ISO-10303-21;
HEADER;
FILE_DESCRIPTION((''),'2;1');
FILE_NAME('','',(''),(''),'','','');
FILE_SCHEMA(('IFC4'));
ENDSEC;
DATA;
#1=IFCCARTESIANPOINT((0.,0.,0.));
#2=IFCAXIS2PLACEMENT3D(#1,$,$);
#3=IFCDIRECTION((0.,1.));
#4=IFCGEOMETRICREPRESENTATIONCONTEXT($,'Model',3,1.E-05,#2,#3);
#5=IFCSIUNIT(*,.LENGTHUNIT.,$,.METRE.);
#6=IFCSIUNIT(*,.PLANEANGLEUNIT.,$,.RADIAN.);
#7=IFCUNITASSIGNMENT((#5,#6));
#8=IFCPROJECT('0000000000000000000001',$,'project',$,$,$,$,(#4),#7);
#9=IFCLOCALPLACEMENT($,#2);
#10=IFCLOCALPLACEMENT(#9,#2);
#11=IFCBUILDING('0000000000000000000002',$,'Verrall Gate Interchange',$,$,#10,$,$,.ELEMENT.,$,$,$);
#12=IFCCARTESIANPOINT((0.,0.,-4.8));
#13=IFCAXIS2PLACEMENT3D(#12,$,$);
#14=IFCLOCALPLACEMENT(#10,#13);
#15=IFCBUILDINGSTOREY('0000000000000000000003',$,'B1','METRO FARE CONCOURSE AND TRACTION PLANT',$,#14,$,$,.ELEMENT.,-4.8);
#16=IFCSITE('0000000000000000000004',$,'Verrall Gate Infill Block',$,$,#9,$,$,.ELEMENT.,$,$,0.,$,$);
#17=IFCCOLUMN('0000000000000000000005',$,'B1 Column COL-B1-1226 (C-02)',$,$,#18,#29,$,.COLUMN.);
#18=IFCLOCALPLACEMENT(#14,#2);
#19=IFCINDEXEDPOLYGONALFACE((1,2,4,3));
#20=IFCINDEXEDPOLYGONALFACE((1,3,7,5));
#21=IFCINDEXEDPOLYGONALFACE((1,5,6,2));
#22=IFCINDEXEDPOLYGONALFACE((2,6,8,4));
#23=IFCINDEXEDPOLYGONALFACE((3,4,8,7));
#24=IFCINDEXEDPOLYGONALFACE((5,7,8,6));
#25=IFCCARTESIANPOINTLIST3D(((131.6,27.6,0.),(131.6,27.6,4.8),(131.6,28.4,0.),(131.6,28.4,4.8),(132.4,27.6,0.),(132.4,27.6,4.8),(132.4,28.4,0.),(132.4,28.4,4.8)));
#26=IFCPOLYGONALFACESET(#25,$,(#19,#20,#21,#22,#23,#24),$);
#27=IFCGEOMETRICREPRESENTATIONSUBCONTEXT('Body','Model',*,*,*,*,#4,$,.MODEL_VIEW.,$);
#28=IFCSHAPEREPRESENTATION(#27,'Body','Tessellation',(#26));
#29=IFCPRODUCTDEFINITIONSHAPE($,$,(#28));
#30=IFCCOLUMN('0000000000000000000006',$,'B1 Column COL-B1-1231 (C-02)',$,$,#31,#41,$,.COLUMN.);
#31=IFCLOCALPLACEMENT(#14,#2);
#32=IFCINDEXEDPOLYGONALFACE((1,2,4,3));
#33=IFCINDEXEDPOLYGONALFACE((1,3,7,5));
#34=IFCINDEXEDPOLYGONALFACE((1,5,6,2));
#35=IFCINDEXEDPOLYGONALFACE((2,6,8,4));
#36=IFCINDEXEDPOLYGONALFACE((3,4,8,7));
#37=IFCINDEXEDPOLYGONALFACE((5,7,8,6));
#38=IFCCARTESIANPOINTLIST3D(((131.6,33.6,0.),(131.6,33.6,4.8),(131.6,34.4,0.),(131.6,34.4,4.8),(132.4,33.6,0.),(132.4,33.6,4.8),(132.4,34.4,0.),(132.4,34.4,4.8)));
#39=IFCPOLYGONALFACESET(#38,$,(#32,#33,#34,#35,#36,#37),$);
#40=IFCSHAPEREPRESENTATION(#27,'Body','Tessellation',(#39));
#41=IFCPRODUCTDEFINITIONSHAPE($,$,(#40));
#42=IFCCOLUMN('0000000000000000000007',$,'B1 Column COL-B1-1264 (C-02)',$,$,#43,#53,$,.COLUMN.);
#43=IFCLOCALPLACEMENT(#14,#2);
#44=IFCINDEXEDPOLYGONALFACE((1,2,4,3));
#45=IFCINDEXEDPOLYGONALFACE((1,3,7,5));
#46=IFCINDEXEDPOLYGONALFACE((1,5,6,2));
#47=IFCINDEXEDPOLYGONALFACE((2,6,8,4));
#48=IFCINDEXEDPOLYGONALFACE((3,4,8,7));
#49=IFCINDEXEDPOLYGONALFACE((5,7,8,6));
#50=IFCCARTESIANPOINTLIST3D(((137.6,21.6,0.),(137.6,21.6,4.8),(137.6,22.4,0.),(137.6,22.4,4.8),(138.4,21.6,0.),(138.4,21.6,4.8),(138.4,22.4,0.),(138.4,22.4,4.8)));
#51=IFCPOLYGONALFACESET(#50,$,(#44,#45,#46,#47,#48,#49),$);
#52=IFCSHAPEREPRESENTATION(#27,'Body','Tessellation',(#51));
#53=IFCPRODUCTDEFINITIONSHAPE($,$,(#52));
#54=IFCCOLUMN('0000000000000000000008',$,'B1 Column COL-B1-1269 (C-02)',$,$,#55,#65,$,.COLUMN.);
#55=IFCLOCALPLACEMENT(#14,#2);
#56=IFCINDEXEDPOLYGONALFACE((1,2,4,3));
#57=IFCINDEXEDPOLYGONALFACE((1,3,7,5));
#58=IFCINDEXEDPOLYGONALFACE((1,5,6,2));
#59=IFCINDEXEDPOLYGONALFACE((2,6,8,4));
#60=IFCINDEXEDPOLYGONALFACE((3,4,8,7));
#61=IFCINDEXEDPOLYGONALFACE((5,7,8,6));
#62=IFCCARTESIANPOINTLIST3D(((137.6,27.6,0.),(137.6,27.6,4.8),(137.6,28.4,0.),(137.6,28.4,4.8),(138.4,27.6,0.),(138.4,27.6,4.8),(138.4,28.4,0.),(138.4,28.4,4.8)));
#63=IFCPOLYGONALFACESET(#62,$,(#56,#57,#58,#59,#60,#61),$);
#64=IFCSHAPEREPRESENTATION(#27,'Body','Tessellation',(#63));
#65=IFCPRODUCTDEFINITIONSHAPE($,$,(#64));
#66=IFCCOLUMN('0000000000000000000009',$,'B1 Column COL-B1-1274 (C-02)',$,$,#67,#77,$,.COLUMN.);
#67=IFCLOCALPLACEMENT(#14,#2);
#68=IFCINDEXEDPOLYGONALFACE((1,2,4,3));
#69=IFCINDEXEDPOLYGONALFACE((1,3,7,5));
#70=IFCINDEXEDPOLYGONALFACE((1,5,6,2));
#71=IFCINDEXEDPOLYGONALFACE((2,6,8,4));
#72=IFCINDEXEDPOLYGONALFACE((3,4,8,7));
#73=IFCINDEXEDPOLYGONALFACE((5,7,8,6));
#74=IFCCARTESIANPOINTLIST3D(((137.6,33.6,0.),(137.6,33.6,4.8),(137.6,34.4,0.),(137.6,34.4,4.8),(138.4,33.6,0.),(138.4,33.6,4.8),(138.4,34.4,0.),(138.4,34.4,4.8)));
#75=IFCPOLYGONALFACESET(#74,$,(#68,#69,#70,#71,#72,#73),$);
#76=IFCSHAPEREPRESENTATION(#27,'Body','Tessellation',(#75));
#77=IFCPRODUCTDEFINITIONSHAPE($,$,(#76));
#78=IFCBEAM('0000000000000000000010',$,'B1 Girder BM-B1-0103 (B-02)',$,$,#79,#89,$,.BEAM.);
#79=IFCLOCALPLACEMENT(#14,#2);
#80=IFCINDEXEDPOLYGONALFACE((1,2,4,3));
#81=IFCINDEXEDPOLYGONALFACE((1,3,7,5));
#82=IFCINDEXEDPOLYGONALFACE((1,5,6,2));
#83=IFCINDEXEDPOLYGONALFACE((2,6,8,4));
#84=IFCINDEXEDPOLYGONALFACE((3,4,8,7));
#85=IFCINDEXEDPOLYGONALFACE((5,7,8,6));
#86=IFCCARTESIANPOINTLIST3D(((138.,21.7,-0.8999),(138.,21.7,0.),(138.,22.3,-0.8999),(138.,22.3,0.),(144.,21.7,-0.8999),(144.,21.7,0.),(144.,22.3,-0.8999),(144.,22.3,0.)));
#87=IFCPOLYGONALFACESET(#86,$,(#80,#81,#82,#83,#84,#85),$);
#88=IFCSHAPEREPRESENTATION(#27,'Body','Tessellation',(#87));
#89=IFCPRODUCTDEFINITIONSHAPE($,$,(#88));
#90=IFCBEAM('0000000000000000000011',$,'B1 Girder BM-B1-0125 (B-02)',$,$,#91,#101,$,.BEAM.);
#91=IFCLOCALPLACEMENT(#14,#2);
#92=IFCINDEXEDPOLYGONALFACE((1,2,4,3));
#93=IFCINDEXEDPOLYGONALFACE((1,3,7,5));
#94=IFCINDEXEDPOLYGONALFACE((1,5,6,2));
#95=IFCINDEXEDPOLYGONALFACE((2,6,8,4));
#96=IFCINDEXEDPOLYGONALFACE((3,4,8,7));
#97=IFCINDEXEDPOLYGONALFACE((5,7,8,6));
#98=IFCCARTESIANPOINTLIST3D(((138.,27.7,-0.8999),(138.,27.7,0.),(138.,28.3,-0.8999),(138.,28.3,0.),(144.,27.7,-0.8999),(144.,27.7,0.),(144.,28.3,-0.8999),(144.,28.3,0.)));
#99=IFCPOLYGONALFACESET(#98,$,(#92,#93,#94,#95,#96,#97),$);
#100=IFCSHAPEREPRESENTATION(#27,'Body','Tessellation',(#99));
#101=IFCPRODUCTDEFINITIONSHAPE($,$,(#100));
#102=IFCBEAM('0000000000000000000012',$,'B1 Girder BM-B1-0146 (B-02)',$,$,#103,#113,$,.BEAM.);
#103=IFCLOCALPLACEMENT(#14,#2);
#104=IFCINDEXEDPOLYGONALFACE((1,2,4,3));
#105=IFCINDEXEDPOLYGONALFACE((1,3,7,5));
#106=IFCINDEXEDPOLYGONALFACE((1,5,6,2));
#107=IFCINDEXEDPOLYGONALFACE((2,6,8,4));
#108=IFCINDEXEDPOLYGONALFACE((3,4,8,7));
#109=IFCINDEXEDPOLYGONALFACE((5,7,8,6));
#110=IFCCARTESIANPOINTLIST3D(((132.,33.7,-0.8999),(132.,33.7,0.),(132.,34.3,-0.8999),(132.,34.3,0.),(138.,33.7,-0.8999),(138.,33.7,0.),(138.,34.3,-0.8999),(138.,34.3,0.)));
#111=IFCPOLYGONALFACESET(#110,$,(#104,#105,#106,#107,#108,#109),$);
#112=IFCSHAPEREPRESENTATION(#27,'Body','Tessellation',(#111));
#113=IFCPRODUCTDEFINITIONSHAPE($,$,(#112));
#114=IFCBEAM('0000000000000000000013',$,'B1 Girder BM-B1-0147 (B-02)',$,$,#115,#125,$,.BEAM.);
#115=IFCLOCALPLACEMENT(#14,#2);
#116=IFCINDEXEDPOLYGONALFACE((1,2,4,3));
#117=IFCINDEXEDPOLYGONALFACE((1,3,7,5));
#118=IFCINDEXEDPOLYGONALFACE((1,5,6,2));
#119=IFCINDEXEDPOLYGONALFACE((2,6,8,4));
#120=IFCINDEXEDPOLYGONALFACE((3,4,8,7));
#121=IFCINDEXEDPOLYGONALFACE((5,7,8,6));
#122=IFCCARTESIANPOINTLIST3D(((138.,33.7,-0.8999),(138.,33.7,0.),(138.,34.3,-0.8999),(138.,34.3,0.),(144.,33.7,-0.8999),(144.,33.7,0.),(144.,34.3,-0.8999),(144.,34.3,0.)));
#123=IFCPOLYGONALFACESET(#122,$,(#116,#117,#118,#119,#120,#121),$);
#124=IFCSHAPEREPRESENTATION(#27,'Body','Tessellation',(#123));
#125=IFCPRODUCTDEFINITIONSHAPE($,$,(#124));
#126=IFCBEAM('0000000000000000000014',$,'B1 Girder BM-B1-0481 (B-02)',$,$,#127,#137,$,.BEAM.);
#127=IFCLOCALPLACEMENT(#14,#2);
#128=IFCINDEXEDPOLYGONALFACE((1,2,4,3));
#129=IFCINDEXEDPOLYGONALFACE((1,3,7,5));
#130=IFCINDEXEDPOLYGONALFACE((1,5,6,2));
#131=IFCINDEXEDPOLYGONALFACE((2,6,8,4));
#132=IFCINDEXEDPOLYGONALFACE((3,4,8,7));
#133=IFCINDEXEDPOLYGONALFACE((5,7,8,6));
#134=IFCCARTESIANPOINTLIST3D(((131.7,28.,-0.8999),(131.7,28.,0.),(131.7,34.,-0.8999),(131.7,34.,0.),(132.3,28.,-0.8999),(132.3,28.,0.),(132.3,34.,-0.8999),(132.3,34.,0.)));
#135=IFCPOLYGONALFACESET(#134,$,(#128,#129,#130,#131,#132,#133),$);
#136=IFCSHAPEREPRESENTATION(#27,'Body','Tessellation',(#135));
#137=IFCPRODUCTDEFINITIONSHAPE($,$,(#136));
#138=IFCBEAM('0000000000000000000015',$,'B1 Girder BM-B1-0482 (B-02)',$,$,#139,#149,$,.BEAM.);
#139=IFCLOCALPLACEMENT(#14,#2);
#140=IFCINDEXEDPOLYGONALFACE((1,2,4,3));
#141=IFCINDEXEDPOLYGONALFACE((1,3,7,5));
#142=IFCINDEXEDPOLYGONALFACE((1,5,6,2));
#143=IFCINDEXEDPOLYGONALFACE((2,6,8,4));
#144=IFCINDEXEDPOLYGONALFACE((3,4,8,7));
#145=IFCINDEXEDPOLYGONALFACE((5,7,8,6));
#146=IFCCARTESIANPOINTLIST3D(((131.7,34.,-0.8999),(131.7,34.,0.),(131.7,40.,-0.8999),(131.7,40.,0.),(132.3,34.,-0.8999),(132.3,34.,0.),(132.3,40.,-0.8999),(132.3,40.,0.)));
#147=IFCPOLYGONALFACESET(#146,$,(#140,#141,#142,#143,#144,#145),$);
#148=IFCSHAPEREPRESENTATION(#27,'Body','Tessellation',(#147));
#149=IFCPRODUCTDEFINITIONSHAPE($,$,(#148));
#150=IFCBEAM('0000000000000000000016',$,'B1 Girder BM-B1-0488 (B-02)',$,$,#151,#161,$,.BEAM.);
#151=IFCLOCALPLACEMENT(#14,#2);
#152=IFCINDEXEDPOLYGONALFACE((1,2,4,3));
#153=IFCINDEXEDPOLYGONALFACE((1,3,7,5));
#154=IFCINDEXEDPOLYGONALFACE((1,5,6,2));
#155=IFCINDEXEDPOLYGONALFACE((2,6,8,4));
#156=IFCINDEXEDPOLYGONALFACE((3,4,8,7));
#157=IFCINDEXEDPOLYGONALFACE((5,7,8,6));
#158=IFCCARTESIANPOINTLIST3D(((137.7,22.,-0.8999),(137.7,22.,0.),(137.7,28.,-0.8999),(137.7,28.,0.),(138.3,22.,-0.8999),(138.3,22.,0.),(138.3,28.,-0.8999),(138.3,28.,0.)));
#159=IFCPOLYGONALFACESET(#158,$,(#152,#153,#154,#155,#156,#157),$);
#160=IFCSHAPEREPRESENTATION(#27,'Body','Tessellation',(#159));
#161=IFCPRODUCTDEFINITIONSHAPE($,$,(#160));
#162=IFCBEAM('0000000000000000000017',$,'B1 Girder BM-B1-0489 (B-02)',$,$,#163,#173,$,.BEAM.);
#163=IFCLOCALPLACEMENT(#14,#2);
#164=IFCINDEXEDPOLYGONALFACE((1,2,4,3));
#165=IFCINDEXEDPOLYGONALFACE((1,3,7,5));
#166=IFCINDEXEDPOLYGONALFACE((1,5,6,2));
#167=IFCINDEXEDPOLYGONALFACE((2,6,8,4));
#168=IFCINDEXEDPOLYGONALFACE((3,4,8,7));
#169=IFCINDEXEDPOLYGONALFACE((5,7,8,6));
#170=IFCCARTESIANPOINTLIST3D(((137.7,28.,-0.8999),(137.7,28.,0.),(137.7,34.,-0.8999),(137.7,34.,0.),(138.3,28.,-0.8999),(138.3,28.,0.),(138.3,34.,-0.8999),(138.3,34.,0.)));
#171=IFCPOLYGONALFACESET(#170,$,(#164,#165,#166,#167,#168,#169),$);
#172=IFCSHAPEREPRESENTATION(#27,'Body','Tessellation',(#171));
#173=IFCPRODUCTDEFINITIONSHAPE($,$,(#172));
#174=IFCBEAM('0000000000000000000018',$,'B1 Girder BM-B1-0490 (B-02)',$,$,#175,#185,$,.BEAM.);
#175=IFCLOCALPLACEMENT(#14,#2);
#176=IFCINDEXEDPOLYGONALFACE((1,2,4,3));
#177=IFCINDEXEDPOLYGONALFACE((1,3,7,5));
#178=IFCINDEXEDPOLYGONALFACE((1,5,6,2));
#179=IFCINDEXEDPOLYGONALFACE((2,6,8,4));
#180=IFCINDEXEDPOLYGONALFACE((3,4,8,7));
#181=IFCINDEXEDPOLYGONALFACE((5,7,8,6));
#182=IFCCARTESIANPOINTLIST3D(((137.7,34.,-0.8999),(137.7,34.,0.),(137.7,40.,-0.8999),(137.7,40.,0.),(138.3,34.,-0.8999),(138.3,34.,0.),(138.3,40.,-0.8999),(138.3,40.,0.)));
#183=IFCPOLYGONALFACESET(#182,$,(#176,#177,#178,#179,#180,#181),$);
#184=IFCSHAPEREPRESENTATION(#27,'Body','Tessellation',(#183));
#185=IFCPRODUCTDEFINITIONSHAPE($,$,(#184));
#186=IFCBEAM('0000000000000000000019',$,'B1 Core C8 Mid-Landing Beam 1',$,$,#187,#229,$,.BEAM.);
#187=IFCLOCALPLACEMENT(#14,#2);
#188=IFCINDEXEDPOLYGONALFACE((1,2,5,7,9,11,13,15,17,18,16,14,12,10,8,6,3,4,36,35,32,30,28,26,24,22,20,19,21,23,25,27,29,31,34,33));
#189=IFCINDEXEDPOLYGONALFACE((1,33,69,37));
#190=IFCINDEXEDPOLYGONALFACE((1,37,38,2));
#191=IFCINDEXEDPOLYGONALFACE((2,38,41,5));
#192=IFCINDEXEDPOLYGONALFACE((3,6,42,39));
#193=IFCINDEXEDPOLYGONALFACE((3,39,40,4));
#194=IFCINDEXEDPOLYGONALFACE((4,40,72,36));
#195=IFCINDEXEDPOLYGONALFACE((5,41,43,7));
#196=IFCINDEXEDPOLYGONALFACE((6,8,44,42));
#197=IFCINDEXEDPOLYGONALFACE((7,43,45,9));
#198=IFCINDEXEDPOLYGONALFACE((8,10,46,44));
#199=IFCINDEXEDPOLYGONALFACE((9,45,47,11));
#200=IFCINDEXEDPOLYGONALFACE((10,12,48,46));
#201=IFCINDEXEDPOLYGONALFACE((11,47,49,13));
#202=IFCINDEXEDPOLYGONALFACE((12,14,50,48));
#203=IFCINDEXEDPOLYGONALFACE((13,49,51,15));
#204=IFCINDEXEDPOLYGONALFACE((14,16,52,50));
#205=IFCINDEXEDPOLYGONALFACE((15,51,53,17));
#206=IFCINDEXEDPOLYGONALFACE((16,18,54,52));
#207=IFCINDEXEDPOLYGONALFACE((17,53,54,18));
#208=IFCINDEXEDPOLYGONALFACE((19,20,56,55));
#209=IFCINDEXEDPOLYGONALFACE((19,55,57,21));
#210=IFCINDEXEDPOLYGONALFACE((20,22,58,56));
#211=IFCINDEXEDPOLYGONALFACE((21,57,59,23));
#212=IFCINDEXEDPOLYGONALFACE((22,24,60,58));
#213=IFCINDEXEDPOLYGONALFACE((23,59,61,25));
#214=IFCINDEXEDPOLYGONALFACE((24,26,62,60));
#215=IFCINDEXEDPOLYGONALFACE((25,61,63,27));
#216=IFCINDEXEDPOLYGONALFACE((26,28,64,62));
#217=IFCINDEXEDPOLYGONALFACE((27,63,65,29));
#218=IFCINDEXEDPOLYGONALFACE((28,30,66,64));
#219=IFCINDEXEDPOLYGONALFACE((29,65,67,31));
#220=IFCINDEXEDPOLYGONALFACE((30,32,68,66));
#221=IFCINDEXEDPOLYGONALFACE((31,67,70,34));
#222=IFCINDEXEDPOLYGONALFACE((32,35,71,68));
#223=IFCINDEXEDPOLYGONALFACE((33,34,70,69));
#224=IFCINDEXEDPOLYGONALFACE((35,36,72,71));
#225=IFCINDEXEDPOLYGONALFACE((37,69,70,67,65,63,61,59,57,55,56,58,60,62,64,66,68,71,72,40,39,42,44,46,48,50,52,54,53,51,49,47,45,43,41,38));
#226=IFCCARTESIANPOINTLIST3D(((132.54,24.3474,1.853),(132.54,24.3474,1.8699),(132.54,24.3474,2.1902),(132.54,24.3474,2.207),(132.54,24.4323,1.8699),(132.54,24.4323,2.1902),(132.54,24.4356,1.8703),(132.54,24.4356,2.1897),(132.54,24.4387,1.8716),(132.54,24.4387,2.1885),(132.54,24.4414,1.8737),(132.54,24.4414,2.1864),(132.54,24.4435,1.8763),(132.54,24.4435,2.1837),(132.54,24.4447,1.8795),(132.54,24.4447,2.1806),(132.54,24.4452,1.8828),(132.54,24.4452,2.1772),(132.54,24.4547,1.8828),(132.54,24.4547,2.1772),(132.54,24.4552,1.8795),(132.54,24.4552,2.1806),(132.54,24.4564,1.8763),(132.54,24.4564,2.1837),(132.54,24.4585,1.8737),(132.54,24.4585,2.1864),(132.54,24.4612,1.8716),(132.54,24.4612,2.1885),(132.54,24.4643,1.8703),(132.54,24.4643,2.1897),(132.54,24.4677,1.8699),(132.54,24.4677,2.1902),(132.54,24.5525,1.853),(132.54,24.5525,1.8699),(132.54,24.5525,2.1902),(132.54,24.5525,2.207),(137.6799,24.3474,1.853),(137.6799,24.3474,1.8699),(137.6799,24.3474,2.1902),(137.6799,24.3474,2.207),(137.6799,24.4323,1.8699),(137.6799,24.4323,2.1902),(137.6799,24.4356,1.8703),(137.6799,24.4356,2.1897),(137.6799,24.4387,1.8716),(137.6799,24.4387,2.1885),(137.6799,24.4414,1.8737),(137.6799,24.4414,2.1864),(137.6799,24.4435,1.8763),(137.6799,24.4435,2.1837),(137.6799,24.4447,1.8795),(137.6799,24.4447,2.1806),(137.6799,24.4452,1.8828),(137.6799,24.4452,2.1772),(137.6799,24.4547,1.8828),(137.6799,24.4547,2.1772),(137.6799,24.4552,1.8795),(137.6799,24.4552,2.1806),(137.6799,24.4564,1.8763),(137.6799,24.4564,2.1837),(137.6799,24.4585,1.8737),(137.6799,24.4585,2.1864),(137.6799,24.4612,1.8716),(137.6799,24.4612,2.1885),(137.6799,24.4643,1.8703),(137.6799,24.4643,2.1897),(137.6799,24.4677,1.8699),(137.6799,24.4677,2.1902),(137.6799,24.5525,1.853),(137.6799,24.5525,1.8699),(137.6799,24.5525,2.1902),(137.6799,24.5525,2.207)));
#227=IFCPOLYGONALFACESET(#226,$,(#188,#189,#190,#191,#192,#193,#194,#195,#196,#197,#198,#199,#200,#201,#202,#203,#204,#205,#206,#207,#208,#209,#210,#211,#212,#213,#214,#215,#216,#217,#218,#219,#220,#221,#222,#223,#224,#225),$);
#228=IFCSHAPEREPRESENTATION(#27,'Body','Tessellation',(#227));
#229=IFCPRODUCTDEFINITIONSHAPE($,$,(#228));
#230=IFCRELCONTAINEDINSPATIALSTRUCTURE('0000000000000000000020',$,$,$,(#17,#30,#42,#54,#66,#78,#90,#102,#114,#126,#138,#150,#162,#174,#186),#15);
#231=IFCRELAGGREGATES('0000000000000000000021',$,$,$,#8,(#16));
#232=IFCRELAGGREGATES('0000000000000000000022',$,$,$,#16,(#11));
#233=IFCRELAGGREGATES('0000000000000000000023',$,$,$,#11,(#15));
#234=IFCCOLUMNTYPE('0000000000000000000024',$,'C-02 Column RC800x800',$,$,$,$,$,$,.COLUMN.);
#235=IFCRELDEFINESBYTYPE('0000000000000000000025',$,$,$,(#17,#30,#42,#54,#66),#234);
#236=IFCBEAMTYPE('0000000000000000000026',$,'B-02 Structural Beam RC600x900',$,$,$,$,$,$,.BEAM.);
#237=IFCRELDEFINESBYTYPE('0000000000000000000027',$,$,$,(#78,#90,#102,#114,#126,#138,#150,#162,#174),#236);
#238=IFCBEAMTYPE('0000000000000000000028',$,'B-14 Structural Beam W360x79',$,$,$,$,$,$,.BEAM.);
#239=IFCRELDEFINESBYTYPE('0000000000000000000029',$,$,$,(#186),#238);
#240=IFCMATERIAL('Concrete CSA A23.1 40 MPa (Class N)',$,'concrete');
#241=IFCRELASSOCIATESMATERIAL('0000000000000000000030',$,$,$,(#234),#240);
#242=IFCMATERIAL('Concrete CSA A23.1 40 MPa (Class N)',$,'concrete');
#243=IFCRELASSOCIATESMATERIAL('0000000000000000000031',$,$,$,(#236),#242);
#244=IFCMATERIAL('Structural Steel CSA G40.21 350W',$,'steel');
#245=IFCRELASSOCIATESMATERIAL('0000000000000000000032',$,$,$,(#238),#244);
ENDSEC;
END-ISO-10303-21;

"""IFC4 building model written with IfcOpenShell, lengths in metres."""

from ifc_helpers import new_model, si_unit, direction, frame, origin, origin_2d, place, context, subcontext, project, spatial, rectangle, i_section, extrude, material, material_profile, profile_set, type_object, element, save


model = new_model("IFC4")

# Units and contexts
model_context = context("Model", 3, precision=1e-05, world=origin(), true_north=direction((0.0, 1.0)))
body_context = subcontext(model_context, "Body", "Model", "MODEL_VIEW")
ifc_project = project(units=[si_unit("LENGTHUNIT", "METRE"), si_unit("PLANEANGLEUNIT", "RADIAN")], contexts=[model_context])

# Site, building, storey
site_placement = place(None, origin())
site = spatial("IfcSite", under=ifc_project, at=site_placement, Name="Verrall Gate Infill Block", CompositionType="ELEMENT", RefElevation=0.0)
building_placement = place(site_placement, origin())
building = spatial("IfcBuilding", under=site, at=building_placement, Name="Verrall Gate Interchange", CompositionType="ELEMENT")
storey_placement = place(building_placement, frame((0.0, 0.0, -4.8)))
storey = spatial("IfcBuildingStorey", under=building, at=storey_placement, Name="B1", Description="METRO FARE CONCOURSE AND TRACTION PLANT", CompositionType="ELEMENT", Elevation=-4.8)

# Columns
ifc_material_1 = material(Name="Concrete CSA A23.1 40 MPa (Class N)", Category="concrete")
ifc_material_profile_1 = material_profile(ifc_material_1, rectangle(XDim=0.8, YDim=0.8, at=origin_2d()), Name="RC800x800")
ifc_profile_set_1 = profile_set([ifc_material_profile_1], Name="Concrete CSA A23.1 40 MPa (Class N)")
column_type = type_object("IfcColumnType", Name="C-02 Column RC800x800", PredefinedType="COLUMN", material=ifc_profile_set_1)
for number, where, z_axis, x_axis, name in (
    (1, (132.0, 28.0, 0.0), (0.0, 0.0, 1.0), (1.0, 0.0, 0.0), "B1 Column COL-B1-1226 (C-02)"),
    (2, (132.0, 34.0, 0.0), (0.0, 0.0, 1.0), (1.0, 0.0, 0.0), "B1 Column COL-B1-1231 (C-02)"),
    (3, (138.0, 22.0, 0.0), (0.0, 0.0, 1.0), (1.0, 0.0, 0.0), "B1 Column COL-B1-1264 (C-02)"),
    (4, (138.0, 28.0, 0.0), (0.0, 0.0, 1.0), (1.0, 0.0, 0.0), "B1 Column COL-B1-1269 (C-02)"),
    (5, (138.0, 34.0, 0.0), (0.0, 0.0, 1.0), (1.0, 0.0, 0.0), "B1 Column COL-B1-1274 (C-02)"),
):
    element("IfcColumn", number, at=place(storey_placement, frame(where, z_axis=z_axis, x_axis=x_axis)), inside=storey, type_object=column_type, Name=name, PredefinedType="COLUMN", context=body_context, shape_type="SweptSolid", body=[
        extrude(rectangle(XDim=0.8, YDim=0.8, at=origin_2d()), origin(), (0.0, 0.0, 1.0), 4.8),
    ])

# Beams
ifc_material_2 = material(Name="Concrete CSA A23.1 40 MPa (Class N)", Category="concrete")
ifc_material_profile_2 = material_profile(ifc_material_2, rectangle(XDim=0.6001, YDim=0.8999, at=origin_2d()), Name="RC600x900")
ifc_profile_set_2 = profile_set([ifc_material_profile_2], Name="Concrete CSA A23.1 40 MPa (Class N)")
beam_type_1 = type_object("IfcBeamType", Name="B-02 Structural Beam RC600x900", PredefinedType="BEAM", material=ifc_profile_set_2)
for number, where, z_axis, x_axis, name in (
    (6, (138.0, 22.0, -0.45), (1.0, 0.0, 0.0), (0.0, 1.0, 0.0), "B1 Girder BM-B1-0103 (B-02)"),
    (7, (138.0, 28.0, -0.45), (1.0, 0.0, 0.0), (0.0, 1.0, 0.0), "B1 Girder BM-B1-0125 (B-02)"),
    (8, (132.0, 34.0, -0.45), (1.0, 0.0, 0.0), (0.0, 1.0, 0.0), "B1 Girder BM-B1-0146 (B-02)"),
    (9, (138.0, 34.0, -0.45), (1.0, 0.0, 0.0), (0.0, 1.0, 0.0), "B1 Girder BM-B1-0147 (B-02)"),
    (10, (132.0, 28.0, -0.45), (0.0, 1.0, 0.0), (-1.0, 0.0, 0.0), "B1 Girder BM-B1-0481 (B-02)"),
    (11, (132.0, 34.0, -0.45), (0.0, 1.0, 0.0), (-1.0, 0.0, 0.0), "B1 Girder BM-B1-0482 (B-02)"),
    (12, (138.0, 22.0, -0.45), (0.0, 1.0, 0.0), (-1.0, 0.0, 0.0), "B1 Girder BM-B1-0488 (B-02)"),
    (13, (138.0, 28.0, -0.45), (0.0, 1.0, 0.0), (-1.0, 0.0, 0.0), "B1 Girder BM-B1-0489 (B-02)"),
    (14, (138.0, 34.0, -0.45), (0.0, 1.0, 0.0), (-1.0, 0.0, 0.0), "B1 Girder BM-B1-0490 (B-02)"),
):
    element("IfcBeam", number, at=place(storey_placement, frame(where, z_axis=z_axis, x_axis=x_axis)), inside=storey, type_object=beam_type_1, Name=name, PredefinedType="BEAM", context=body_context, shape_type="SweptSolid", body=[
        extrude(rectangle(XDim=0.6001, YDim=0.8999, at=origin_2d()), origin(), (0.0, 0.0, 1.0), 6.0),
    ])
ifc_material_3 = material(Name="Structural Steel CSA G40.21 350W", Category="steel")
ifc_material_profile_3 = material_profile(ifc_material_3, i_section(OverallWidth=0.2051, OverallDepth=0.354, WebThickness=0.0095, FlangeThickness=0.0168, FilletRadius=0.0129, at=origin_2d()), Name="W360x79")
ifc_profile_set_3 = profile_set([ifc_material_profile_3], Name="Structural Steel CSA G40.21 350W")
beam_type_2 = type_object("IfcBeamType", Name="B-14 Structural Beam W360x79", PredefinedType="BEAM", material=ifc_profile_set_3)
for number, where, z_axis, x_axis, name in (
    (15, (132.54, 24.45, 2.03), (1.0, 0.0, 0.0), (0.0, 1.0, 0.0), "B1 Core C8 Mid-Landing Beam 1"),
):
    element("IfcBeam", number, at=place(storey_placement, frame(where, z_axis=z_axis, x_axis=x_axis)), inside=storey, type_object=beam_type_2, Name=name, PredefinedType="BEAM", context=body_context, shape_type="SweptSolid", body=[
        extrude(i_section(OverallWidth=0.2051, OverallDepth=0.354, WebThickness=0.0095, FlangeThickness=0.0168, FilletRadius=0.0129, at=origin_2d()), origin(), (0.0, 0.0, 1.0), 5.1399),
    ])

save(model, "model.ifc")
